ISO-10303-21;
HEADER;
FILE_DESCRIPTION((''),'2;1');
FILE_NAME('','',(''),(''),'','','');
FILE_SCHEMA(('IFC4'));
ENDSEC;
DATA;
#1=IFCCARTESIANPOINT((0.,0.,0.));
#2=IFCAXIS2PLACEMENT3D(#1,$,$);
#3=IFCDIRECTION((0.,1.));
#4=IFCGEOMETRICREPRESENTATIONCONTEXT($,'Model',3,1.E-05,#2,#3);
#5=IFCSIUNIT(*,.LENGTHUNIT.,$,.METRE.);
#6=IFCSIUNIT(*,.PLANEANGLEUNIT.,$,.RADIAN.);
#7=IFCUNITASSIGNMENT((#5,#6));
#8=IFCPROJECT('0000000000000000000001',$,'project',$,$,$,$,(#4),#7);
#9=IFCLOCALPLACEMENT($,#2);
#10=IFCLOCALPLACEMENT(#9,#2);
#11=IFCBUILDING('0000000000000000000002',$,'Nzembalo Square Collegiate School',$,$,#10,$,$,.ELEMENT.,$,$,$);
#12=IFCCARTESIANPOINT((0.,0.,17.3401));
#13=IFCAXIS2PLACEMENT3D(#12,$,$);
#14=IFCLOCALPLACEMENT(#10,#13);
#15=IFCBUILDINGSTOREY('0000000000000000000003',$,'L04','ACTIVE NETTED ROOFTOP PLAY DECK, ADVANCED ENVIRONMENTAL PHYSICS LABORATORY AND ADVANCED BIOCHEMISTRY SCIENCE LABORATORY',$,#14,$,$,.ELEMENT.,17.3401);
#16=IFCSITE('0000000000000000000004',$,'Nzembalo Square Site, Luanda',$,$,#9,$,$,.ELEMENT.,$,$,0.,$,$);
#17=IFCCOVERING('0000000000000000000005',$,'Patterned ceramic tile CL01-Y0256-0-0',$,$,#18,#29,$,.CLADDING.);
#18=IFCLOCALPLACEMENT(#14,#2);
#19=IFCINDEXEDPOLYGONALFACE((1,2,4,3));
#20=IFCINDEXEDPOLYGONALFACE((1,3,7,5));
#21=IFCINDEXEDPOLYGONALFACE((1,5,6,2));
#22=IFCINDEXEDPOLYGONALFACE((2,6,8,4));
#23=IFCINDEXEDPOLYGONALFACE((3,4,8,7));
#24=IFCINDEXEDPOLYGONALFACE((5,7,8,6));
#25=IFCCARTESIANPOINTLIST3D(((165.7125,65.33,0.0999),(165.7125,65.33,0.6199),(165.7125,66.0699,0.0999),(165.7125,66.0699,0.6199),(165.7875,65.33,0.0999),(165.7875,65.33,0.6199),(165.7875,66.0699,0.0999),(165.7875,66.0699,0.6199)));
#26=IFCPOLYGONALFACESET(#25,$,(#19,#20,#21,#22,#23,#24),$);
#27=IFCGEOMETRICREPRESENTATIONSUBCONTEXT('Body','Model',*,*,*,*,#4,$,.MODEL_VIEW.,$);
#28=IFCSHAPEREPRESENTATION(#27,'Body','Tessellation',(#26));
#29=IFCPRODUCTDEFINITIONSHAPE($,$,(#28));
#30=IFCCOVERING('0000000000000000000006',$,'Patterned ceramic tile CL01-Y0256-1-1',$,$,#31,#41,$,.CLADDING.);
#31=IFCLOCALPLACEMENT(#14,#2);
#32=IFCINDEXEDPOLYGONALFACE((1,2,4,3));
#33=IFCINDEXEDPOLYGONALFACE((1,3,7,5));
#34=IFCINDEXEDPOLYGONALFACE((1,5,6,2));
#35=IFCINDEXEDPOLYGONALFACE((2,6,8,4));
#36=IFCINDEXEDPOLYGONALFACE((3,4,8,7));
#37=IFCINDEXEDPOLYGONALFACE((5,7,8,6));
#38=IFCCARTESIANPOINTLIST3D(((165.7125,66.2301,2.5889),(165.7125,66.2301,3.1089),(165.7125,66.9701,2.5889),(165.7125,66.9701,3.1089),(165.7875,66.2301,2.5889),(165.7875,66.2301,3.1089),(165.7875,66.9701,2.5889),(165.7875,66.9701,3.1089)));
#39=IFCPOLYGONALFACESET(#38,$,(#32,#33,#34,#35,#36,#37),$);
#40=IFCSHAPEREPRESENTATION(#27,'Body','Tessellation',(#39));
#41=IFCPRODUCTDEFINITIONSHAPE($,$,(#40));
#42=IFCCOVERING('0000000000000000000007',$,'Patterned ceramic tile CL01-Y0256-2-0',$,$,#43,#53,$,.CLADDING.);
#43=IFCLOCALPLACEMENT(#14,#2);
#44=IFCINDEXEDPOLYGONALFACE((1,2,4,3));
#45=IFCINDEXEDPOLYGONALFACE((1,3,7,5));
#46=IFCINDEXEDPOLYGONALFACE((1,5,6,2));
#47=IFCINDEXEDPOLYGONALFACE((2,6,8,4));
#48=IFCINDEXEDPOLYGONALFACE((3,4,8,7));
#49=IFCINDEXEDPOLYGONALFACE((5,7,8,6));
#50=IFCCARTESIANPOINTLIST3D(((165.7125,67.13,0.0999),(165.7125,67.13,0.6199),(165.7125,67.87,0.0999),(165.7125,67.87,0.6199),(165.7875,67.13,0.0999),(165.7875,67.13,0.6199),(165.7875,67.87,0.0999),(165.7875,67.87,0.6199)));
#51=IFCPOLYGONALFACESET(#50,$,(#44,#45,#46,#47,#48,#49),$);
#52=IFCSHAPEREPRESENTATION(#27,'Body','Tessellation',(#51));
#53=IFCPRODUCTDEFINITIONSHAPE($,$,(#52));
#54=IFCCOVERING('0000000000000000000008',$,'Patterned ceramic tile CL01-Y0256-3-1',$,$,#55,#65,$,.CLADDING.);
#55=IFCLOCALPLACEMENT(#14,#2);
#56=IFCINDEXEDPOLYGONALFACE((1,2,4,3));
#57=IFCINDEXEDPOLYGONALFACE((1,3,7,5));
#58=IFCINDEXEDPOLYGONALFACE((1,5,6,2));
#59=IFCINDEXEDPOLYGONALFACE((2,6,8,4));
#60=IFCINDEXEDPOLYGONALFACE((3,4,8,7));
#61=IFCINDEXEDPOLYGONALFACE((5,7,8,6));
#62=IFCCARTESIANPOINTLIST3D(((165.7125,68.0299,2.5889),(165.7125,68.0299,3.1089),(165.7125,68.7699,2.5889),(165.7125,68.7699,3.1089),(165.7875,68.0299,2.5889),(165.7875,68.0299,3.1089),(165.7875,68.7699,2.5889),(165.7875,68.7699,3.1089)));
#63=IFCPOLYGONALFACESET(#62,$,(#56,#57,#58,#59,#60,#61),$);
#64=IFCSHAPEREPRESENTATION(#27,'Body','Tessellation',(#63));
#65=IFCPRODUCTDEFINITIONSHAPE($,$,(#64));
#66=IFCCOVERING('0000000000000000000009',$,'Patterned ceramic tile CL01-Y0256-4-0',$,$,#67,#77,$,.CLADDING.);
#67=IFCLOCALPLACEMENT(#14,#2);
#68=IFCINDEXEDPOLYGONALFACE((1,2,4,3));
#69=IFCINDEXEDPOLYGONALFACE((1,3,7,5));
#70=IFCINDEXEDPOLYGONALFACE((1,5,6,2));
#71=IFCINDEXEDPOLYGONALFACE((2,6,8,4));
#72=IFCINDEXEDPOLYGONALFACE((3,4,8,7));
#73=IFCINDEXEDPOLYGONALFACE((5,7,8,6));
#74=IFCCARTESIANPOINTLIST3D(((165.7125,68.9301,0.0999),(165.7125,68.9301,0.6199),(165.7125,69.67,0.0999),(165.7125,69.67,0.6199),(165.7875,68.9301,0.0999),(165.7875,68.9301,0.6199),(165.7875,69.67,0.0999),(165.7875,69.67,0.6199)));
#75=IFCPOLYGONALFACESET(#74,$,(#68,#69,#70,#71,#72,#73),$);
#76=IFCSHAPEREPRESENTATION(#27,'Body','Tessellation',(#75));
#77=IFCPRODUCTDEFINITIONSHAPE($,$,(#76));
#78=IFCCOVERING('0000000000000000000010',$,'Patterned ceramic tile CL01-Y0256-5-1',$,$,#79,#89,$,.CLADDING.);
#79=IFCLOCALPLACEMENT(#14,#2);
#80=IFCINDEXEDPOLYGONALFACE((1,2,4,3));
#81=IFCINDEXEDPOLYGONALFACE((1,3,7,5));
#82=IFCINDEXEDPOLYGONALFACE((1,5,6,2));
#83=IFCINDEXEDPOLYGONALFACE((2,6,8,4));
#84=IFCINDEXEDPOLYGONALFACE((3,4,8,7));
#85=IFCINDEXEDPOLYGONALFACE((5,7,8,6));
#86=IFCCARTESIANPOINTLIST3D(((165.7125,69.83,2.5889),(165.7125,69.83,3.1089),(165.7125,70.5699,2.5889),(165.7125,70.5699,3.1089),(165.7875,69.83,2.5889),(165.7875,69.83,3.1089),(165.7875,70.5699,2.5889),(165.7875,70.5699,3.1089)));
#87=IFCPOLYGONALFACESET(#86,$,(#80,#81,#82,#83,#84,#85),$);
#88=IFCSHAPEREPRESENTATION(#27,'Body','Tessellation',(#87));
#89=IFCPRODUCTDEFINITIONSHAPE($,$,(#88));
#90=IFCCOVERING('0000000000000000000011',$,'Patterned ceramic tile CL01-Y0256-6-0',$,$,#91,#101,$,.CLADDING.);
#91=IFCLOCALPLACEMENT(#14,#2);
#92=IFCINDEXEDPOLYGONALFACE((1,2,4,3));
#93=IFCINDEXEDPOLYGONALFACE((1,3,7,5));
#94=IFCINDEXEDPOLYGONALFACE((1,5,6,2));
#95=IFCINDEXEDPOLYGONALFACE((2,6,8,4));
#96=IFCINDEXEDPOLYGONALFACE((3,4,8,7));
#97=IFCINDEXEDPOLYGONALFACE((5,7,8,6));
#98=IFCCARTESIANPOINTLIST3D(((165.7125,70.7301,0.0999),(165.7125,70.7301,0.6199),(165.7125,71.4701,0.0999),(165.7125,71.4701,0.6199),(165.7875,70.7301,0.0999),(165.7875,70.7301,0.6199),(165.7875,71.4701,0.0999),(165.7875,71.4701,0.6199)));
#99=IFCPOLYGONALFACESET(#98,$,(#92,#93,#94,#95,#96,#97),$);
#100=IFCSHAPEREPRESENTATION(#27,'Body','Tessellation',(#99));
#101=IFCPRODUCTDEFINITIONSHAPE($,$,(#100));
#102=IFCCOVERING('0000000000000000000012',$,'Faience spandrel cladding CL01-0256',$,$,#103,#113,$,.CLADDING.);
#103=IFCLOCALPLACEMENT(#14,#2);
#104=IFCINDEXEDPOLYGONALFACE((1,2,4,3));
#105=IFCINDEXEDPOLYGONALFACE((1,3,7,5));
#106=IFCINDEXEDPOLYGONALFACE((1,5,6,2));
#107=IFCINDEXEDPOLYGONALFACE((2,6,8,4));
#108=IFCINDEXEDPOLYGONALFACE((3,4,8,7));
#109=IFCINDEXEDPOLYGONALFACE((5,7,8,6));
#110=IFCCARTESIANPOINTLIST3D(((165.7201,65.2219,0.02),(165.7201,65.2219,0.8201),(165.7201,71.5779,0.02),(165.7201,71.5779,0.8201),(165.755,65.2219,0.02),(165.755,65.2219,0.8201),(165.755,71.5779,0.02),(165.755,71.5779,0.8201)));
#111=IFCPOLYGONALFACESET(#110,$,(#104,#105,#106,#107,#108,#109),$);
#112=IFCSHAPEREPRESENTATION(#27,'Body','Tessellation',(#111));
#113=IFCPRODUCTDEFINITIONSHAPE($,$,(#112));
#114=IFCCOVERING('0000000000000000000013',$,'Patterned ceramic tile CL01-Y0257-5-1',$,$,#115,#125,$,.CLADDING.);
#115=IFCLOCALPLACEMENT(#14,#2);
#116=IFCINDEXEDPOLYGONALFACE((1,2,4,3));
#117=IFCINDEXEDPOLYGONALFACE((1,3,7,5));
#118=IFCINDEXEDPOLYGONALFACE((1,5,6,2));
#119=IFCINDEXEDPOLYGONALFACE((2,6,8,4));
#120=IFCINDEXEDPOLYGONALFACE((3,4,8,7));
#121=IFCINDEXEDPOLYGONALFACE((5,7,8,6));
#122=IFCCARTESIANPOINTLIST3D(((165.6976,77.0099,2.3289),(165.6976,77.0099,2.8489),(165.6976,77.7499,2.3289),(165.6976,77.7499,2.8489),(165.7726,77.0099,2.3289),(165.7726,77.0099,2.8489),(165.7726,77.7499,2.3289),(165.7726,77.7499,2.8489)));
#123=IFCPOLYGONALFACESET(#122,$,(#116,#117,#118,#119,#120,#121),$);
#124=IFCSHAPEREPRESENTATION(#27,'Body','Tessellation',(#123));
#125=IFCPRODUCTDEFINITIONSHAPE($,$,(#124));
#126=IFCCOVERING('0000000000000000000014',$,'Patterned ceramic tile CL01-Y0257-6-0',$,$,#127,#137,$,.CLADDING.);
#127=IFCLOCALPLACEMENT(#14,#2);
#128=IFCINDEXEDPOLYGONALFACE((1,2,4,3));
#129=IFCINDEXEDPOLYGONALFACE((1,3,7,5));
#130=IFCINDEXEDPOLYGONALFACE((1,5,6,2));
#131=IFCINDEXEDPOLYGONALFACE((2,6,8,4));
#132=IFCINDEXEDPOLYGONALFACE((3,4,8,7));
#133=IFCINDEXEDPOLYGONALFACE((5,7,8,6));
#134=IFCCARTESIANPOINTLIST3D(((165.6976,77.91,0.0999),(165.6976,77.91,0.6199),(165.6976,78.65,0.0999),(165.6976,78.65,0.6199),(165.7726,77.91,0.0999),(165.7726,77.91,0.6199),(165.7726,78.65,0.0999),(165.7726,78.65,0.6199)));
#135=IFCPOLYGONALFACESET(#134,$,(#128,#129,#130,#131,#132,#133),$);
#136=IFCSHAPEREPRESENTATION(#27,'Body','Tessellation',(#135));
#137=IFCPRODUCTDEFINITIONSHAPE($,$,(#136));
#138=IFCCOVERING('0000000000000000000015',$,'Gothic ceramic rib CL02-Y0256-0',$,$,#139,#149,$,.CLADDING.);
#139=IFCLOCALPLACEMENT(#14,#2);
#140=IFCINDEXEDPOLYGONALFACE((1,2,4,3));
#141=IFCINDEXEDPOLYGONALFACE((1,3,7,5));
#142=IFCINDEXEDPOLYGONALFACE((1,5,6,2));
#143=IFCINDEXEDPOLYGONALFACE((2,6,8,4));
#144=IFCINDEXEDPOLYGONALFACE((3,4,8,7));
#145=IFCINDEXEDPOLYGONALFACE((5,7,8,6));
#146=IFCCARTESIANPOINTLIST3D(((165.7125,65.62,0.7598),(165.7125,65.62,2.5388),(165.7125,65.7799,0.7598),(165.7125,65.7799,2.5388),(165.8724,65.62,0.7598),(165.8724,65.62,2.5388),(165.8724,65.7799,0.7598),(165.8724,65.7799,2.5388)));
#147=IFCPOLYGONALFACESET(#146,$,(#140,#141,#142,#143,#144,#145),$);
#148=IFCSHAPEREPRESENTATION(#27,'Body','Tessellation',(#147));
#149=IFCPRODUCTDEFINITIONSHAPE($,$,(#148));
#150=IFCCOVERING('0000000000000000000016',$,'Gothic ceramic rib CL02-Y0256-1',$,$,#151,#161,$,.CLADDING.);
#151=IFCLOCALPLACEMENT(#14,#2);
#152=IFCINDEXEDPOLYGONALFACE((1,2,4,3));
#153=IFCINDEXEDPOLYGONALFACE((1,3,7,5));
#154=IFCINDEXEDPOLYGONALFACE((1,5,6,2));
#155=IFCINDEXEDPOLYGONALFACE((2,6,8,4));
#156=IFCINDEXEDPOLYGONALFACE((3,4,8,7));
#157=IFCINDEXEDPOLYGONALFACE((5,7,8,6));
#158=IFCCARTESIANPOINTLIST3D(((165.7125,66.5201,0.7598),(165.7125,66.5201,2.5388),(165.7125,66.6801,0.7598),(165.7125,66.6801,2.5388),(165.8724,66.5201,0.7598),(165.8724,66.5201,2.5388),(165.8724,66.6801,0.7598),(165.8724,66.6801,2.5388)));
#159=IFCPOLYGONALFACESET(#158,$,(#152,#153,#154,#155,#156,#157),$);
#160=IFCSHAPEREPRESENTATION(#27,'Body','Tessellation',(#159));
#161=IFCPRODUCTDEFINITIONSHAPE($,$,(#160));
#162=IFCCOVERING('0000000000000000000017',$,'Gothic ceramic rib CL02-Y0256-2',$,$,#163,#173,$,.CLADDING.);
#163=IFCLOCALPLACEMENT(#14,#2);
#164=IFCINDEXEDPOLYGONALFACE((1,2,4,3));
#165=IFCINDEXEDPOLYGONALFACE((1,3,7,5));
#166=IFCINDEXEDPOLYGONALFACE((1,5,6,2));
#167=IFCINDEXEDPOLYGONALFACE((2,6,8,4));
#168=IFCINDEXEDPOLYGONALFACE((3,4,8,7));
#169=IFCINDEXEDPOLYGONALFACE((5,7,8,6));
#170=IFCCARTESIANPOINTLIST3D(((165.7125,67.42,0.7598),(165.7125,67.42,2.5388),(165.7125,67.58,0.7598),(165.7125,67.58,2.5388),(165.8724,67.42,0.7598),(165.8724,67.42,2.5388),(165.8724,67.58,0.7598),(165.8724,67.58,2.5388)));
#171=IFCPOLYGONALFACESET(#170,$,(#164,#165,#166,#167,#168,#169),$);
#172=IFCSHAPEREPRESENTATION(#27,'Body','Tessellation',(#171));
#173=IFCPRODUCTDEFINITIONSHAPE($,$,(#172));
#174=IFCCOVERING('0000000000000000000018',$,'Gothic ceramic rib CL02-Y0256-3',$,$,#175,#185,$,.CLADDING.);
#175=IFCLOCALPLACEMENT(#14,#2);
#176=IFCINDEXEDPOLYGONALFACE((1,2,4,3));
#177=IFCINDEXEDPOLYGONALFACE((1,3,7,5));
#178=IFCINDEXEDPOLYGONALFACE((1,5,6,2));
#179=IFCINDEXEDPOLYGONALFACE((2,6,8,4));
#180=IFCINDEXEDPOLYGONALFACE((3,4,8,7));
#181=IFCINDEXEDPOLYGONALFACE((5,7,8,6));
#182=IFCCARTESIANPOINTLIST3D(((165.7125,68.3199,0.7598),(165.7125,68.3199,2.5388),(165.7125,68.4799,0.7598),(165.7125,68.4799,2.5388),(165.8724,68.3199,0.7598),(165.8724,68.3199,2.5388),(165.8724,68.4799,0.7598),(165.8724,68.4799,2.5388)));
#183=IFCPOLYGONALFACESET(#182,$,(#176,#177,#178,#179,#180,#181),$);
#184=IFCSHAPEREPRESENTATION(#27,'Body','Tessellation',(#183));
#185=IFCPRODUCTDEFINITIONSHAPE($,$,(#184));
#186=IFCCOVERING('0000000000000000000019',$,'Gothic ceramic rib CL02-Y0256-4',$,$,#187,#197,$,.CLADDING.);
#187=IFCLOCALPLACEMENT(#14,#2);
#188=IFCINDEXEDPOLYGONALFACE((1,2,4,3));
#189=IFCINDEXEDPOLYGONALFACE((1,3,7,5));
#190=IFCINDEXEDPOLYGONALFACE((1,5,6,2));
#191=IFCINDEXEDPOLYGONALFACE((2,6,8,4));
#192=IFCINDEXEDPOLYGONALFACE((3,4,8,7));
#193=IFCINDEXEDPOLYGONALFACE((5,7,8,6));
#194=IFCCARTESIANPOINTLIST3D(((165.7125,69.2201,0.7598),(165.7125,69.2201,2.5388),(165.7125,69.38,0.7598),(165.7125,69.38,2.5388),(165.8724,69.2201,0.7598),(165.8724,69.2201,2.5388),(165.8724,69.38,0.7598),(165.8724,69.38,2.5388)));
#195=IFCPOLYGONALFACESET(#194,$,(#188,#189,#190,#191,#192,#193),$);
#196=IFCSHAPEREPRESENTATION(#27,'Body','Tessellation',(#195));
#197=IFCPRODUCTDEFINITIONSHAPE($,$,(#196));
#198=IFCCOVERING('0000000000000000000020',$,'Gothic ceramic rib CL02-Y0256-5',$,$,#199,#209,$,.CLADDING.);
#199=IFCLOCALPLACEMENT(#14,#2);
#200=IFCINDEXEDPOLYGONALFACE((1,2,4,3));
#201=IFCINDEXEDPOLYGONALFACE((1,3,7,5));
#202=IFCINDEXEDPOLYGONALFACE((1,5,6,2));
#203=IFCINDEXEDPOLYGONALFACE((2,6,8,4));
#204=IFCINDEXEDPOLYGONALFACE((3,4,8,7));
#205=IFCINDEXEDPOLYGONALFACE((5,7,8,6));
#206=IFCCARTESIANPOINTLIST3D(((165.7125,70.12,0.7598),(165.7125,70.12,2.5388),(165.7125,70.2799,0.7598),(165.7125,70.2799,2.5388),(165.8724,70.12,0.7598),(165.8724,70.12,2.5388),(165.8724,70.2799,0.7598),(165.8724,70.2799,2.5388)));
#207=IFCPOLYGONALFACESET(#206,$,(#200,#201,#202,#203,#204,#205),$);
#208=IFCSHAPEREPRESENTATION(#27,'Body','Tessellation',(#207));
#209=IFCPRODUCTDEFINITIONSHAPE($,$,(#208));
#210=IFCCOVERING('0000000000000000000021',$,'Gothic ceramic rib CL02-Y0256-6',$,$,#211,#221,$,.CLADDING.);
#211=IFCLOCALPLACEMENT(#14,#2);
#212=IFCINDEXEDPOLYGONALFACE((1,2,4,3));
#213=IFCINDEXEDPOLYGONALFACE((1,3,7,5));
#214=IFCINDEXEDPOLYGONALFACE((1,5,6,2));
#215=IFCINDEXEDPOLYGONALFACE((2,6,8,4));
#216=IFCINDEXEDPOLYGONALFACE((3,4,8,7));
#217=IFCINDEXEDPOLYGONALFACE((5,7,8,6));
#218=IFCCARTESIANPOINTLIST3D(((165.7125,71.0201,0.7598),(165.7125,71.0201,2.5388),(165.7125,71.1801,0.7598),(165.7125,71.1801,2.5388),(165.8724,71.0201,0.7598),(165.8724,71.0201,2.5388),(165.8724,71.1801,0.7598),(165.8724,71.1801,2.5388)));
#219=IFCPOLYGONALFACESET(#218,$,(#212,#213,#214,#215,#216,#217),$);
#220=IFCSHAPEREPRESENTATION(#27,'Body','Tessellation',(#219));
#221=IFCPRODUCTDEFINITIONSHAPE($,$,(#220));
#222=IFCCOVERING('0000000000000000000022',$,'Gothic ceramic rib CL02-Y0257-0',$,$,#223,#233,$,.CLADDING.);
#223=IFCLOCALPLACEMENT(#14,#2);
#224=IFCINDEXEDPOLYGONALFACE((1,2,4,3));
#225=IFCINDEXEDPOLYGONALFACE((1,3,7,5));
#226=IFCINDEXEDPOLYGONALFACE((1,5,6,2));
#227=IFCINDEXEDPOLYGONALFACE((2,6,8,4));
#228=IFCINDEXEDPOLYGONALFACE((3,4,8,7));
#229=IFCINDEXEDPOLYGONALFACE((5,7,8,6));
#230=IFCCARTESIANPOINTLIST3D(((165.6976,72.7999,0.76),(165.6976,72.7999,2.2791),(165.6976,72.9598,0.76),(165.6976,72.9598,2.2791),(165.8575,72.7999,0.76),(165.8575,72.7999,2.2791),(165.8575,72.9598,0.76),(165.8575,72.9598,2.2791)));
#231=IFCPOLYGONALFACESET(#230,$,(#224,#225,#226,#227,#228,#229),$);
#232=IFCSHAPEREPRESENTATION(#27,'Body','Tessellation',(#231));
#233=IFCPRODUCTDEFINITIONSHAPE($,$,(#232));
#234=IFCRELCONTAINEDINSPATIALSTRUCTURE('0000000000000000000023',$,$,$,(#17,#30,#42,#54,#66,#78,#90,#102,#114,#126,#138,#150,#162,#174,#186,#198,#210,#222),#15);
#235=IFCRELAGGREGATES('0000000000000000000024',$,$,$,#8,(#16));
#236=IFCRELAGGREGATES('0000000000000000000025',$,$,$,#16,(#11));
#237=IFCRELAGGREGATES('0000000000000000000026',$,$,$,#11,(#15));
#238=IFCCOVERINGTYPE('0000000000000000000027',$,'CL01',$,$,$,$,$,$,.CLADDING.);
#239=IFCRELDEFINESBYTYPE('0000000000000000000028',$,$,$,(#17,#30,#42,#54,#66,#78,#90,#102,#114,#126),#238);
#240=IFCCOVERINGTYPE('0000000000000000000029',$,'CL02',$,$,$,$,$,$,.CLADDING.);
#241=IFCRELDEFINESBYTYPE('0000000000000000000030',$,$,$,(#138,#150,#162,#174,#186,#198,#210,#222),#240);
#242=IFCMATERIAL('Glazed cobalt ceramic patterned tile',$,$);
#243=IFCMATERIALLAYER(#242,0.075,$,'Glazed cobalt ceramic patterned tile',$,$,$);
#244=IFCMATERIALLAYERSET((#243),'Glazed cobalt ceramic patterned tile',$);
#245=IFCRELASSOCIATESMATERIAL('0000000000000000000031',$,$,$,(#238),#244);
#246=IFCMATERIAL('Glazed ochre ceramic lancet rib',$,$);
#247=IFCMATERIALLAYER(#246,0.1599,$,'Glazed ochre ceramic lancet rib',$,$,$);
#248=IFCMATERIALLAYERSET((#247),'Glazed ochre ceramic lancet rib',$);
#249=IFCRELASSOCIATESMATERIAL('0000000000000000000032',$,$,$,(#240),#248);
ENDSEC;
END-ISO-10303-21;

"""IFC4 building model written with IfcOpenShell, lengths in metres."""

from ifc_helpers import new_model, si_unit, direction, frame, origin, origin_2d, place, context, subcontext, project, spatial, rectangle, extrude, material, layer, layer_set, type_object, element, save


model = new_model("IFC4")

# Units and contexts
model_context = context("Model", 3, precision=1e-05, world=origin(), true_north=direction((0.0, 1.0)))
body_context = subcontext(model_context, "Body", "Model", "MODEL_VIEW")
ifc_project = project(units=[si_unit("LENGTHUNIT", "METRE"), si_unit("PLANEANGLEUNIT", "RADIAN")], contexts=[model_context])

# Site, building, storey
site_placement = place(None, origin())
site = spatial("IfcSite", under=ifc_project, at=site_placement, Name="Nzembalo Square Site, Luanda", CompositionType="ELEMENT", RefElevation=0.0)
building_placement = place(site_placement, origin())
building = spatial("IfcBuilding", under=site, at=building_placement, Name="Nzembalo Square Collegiate School", CompositionType="ELEMENT")
storey_placement = place(building_placement, frame((0.0, 0.0, 17.3401)))
storey = spatial("IfcBuildingStorey", under=building, at=storey_placement, Name="L04", Description="ACTIVE NETTED ROOFTOP PLAY DECK, ADVANCED ENVIRONMENTAL PHYSICS LABORATORY AND ADVANCED BIOCHEMISTRY SCIENCE LABORATORY", CompositionType="ELEMENT", Elevation=17.3401)

# Coverings
ifc_material_1 = material(Name="Glazed cobalt ceramic patterned tile")
ifc_layer_1 = layer(ifc_material_1, 0.075, Name="Glazed cobalt ceramic patterned tile")
ifc_layer_set_1 = layer_set([ifc_layer_1], Name="Glazed cobalt ceramic patterned tile")
covering_type_1 = type_object("IfcCoveringType", Name="CL01", PredefinedType="CLADDING", material=ifc_layer_set_1)
for number, where, z_axis, x_axis, name in (
    (1, (165.75, 65.7, 0.0999), (0.0, 0.0, 1.0), (1.0, 0.0, 0.0), "Patterned ceramic tile CL01-Y0256-0-0"),
    (2, (165.75, 66.6001, 2.5889), (0.0, 0.0, 1.0), (1.0, 0.0, 0.0), "Patterned ceramic tile CL01-Y0256-1-1"),
    (3, (165.75, 67.5, 0.0999), (0.0, 0.0, 1.0), (1.0, 0.0, 0.0), "Patterned ceramic tile CL01-Y0256-2-0"),
    (4, (165.75, 68.3999, 2.5889), (0.0, 0.0, 1.0), (1.0, 0.0, 0.0), "Patterned ceramic tile CL01-Y0256-3-1"),
    (5, (165.75, 69.3, 0.0999), (0.0, 0.0, 1.0), (1.0, 0.0, 0.0), "Patterned ceramic tile CL01-Y0256-4-0"),
    (6, (165.75, 70.2, 2.5889), (0.0, 0.0, 1.0), (1.0, 0.0, 0.0), "Patterned ceramic tile CL01-Y0256-5-1"),
    (7, (165.75, 71.1001, 0.0999), (0.0, 0.0, 1.0), (1.0, 0.0, 0.0), "Patterned ceramic tile CL01-Y0256-6-0"),
):
    element("IfcCovering", number, at=place(storey_placement, frame(where, z_axis=z_axis, x_axis=x_axis)), inside=storey, type_object=covering_type_1, Name=name, PredefinedType="CLADDING", context=body_context, shape_type="SweptSolid", body=[
        extrude(rectangle(XDim=0.075, YDim=0.74, at=origin_2d()), origin(), (0.0, 0.0, 1.0), 0.52),
    ])
covering_placement = place(storey_placement, frame((165.7375, 68.3999, 0.02), z_axis=(0.0, 0.0, 1.0), x_axis=(1.0, 0.0, 0.0)))
element("IfcCovering", 8, at=covering_placement, inside=storey, type_object=covering_type_1, Name="Faience spandrel cladding CL01-0256", PredefinedType="CLADDING", context=body_context, shape_type="SweptSolid", body=[
    extrude(rectangle(XDim=0.0349, YDim=6.356, at=origin_2d()), origin(), (0.0, 0.0, 1.0), 0.8),
])
for number, where, z_axis, x_axis, name in (
    (9, (165.7351, 77.3799, 2.3289), (0.0, 0.0, 1.0), (1.0, 0.0, 0.0), "Patterned ceramic tile CL01-Y0257-5-1"),
    (10, (165.7351, 78.28, 0.0999), (0.0, 0.0, 1.0), (1.0, 0.0, 0.0), "Patterned ceramic tile CL01-Y0257-6-0"),
):
    element("IfcCovering", number, at=place(storey_placement, frame(where, z_axis=z_axis, x_axis=x_axis)), inside=storey, type_object=covering_type_1, Name=name, PredefinedType="CLADDING", context=body_context, shape_type="SweptSolid", body=[
        extrude(rectangle(XDim=0.075, YDim=0.74, at=origin_2d()), origin(), (0.0, 0.0, 1.0), 0.52),
    ])
ifc_material_2 = material(Name="Glazed ochre ceramic lancet rib")
ifc_layer_2 = layer(ifc_material_2, 0.1599, Name="Glazed ochre ceramic lancet rib")
ifc_layer_set_2 = layer_set([ifc_layer_2], Name="Glazed ochre ceramic lancet rib")
covering_type_2 = type_object("IfcCoveringType", Name="CL02", PredefinedType="CLADDING", material=ifc_layer_set_2)
for number, where, z_axis, x_axis, name in (
    (11, (165.7925, 65.7, 0.7598), (0.0, 0.0, 1.0), (1.0, 0.0, 0.0), "Gothic ceramic rib CL02-Y0256-0"),
    (12, (165.7925, 66.6001, 0.7598), (0.0, 0.0, 1.0), (1.0, 0.0, 0.0), "Gothic ceramic rib CL02-Y0256-1"),
    (13, (165.7925, 67.5, 0.7598), (0.0, 0.0, 1.0), (1.0, 0.0, 0.0), "Gothic ceramic rib CL02-Y0256-2"),
    (14, (165.7925, 68.3999, 0.7598), (0.0, 0.0, 1.0), (1.0, 0.0, 0.0), "Gothic ceramic rib CL02-Y0256-3"),
    (15, (165.7925, 69.3, 0.7598), (0.0, 0.0, 1.0), (1.0, 0.0, 0.0), "Gothic ceramic rib CL02-Y0256-4"),
    (16, (165.7925, 70.2, 0.7598), (0.0, 0.0, 1.0), (1.0, 0.0, 0.0), "Gothic ceramic rib CL02-Y0256-5"),
    (17, (165.7925, 71.1001, 0.7598), (0.0, 0.0, 1.0), (1.0, 0.0, 0.0), "Gothic ceramic rib CL02-Y0256-6"),
):
    element("IfcCovering", number, at=place(storey_placement, frame(where, z_axis=z_axis, x_axis=x_axis)), inside=storey, type_object=covering_type_2, Name=name, PredefinedType="CLADDING", context=body_context, shape_type="SweptSolid", body=[
        extrude(rectangle(XDim=0.1599, YDim=0.1599, at=origin_2d()), origin(), (0.0, 0.0, 1.0), 1.7791),
    ])
for number, where, z_axis, x_axis, name in (
    (18, (165.7776, 72.8799, 0.76), (0.0, 0.0, 1.0), (1.0, 0.0, 0.0), "Gothic ceramic rib CL02-Y0257-0"),
):
    element("IfcCovering", number, at=place(storey_placement, frame(where, z_axis=z_axis, x_axis=x_axis)), inside=storey, type_object=covering_type_2, Name=name, PredefinedType="CLADDING", context=body_context, shape_type="SweptSolid", body=[
        extrude(rectangle(XDim=0.1599, YDim=0.1599, at=origin_2d()), origin(), (0.0, 0.0, 1.0), 1.519),
    ])

save(model, "model.ifc")
